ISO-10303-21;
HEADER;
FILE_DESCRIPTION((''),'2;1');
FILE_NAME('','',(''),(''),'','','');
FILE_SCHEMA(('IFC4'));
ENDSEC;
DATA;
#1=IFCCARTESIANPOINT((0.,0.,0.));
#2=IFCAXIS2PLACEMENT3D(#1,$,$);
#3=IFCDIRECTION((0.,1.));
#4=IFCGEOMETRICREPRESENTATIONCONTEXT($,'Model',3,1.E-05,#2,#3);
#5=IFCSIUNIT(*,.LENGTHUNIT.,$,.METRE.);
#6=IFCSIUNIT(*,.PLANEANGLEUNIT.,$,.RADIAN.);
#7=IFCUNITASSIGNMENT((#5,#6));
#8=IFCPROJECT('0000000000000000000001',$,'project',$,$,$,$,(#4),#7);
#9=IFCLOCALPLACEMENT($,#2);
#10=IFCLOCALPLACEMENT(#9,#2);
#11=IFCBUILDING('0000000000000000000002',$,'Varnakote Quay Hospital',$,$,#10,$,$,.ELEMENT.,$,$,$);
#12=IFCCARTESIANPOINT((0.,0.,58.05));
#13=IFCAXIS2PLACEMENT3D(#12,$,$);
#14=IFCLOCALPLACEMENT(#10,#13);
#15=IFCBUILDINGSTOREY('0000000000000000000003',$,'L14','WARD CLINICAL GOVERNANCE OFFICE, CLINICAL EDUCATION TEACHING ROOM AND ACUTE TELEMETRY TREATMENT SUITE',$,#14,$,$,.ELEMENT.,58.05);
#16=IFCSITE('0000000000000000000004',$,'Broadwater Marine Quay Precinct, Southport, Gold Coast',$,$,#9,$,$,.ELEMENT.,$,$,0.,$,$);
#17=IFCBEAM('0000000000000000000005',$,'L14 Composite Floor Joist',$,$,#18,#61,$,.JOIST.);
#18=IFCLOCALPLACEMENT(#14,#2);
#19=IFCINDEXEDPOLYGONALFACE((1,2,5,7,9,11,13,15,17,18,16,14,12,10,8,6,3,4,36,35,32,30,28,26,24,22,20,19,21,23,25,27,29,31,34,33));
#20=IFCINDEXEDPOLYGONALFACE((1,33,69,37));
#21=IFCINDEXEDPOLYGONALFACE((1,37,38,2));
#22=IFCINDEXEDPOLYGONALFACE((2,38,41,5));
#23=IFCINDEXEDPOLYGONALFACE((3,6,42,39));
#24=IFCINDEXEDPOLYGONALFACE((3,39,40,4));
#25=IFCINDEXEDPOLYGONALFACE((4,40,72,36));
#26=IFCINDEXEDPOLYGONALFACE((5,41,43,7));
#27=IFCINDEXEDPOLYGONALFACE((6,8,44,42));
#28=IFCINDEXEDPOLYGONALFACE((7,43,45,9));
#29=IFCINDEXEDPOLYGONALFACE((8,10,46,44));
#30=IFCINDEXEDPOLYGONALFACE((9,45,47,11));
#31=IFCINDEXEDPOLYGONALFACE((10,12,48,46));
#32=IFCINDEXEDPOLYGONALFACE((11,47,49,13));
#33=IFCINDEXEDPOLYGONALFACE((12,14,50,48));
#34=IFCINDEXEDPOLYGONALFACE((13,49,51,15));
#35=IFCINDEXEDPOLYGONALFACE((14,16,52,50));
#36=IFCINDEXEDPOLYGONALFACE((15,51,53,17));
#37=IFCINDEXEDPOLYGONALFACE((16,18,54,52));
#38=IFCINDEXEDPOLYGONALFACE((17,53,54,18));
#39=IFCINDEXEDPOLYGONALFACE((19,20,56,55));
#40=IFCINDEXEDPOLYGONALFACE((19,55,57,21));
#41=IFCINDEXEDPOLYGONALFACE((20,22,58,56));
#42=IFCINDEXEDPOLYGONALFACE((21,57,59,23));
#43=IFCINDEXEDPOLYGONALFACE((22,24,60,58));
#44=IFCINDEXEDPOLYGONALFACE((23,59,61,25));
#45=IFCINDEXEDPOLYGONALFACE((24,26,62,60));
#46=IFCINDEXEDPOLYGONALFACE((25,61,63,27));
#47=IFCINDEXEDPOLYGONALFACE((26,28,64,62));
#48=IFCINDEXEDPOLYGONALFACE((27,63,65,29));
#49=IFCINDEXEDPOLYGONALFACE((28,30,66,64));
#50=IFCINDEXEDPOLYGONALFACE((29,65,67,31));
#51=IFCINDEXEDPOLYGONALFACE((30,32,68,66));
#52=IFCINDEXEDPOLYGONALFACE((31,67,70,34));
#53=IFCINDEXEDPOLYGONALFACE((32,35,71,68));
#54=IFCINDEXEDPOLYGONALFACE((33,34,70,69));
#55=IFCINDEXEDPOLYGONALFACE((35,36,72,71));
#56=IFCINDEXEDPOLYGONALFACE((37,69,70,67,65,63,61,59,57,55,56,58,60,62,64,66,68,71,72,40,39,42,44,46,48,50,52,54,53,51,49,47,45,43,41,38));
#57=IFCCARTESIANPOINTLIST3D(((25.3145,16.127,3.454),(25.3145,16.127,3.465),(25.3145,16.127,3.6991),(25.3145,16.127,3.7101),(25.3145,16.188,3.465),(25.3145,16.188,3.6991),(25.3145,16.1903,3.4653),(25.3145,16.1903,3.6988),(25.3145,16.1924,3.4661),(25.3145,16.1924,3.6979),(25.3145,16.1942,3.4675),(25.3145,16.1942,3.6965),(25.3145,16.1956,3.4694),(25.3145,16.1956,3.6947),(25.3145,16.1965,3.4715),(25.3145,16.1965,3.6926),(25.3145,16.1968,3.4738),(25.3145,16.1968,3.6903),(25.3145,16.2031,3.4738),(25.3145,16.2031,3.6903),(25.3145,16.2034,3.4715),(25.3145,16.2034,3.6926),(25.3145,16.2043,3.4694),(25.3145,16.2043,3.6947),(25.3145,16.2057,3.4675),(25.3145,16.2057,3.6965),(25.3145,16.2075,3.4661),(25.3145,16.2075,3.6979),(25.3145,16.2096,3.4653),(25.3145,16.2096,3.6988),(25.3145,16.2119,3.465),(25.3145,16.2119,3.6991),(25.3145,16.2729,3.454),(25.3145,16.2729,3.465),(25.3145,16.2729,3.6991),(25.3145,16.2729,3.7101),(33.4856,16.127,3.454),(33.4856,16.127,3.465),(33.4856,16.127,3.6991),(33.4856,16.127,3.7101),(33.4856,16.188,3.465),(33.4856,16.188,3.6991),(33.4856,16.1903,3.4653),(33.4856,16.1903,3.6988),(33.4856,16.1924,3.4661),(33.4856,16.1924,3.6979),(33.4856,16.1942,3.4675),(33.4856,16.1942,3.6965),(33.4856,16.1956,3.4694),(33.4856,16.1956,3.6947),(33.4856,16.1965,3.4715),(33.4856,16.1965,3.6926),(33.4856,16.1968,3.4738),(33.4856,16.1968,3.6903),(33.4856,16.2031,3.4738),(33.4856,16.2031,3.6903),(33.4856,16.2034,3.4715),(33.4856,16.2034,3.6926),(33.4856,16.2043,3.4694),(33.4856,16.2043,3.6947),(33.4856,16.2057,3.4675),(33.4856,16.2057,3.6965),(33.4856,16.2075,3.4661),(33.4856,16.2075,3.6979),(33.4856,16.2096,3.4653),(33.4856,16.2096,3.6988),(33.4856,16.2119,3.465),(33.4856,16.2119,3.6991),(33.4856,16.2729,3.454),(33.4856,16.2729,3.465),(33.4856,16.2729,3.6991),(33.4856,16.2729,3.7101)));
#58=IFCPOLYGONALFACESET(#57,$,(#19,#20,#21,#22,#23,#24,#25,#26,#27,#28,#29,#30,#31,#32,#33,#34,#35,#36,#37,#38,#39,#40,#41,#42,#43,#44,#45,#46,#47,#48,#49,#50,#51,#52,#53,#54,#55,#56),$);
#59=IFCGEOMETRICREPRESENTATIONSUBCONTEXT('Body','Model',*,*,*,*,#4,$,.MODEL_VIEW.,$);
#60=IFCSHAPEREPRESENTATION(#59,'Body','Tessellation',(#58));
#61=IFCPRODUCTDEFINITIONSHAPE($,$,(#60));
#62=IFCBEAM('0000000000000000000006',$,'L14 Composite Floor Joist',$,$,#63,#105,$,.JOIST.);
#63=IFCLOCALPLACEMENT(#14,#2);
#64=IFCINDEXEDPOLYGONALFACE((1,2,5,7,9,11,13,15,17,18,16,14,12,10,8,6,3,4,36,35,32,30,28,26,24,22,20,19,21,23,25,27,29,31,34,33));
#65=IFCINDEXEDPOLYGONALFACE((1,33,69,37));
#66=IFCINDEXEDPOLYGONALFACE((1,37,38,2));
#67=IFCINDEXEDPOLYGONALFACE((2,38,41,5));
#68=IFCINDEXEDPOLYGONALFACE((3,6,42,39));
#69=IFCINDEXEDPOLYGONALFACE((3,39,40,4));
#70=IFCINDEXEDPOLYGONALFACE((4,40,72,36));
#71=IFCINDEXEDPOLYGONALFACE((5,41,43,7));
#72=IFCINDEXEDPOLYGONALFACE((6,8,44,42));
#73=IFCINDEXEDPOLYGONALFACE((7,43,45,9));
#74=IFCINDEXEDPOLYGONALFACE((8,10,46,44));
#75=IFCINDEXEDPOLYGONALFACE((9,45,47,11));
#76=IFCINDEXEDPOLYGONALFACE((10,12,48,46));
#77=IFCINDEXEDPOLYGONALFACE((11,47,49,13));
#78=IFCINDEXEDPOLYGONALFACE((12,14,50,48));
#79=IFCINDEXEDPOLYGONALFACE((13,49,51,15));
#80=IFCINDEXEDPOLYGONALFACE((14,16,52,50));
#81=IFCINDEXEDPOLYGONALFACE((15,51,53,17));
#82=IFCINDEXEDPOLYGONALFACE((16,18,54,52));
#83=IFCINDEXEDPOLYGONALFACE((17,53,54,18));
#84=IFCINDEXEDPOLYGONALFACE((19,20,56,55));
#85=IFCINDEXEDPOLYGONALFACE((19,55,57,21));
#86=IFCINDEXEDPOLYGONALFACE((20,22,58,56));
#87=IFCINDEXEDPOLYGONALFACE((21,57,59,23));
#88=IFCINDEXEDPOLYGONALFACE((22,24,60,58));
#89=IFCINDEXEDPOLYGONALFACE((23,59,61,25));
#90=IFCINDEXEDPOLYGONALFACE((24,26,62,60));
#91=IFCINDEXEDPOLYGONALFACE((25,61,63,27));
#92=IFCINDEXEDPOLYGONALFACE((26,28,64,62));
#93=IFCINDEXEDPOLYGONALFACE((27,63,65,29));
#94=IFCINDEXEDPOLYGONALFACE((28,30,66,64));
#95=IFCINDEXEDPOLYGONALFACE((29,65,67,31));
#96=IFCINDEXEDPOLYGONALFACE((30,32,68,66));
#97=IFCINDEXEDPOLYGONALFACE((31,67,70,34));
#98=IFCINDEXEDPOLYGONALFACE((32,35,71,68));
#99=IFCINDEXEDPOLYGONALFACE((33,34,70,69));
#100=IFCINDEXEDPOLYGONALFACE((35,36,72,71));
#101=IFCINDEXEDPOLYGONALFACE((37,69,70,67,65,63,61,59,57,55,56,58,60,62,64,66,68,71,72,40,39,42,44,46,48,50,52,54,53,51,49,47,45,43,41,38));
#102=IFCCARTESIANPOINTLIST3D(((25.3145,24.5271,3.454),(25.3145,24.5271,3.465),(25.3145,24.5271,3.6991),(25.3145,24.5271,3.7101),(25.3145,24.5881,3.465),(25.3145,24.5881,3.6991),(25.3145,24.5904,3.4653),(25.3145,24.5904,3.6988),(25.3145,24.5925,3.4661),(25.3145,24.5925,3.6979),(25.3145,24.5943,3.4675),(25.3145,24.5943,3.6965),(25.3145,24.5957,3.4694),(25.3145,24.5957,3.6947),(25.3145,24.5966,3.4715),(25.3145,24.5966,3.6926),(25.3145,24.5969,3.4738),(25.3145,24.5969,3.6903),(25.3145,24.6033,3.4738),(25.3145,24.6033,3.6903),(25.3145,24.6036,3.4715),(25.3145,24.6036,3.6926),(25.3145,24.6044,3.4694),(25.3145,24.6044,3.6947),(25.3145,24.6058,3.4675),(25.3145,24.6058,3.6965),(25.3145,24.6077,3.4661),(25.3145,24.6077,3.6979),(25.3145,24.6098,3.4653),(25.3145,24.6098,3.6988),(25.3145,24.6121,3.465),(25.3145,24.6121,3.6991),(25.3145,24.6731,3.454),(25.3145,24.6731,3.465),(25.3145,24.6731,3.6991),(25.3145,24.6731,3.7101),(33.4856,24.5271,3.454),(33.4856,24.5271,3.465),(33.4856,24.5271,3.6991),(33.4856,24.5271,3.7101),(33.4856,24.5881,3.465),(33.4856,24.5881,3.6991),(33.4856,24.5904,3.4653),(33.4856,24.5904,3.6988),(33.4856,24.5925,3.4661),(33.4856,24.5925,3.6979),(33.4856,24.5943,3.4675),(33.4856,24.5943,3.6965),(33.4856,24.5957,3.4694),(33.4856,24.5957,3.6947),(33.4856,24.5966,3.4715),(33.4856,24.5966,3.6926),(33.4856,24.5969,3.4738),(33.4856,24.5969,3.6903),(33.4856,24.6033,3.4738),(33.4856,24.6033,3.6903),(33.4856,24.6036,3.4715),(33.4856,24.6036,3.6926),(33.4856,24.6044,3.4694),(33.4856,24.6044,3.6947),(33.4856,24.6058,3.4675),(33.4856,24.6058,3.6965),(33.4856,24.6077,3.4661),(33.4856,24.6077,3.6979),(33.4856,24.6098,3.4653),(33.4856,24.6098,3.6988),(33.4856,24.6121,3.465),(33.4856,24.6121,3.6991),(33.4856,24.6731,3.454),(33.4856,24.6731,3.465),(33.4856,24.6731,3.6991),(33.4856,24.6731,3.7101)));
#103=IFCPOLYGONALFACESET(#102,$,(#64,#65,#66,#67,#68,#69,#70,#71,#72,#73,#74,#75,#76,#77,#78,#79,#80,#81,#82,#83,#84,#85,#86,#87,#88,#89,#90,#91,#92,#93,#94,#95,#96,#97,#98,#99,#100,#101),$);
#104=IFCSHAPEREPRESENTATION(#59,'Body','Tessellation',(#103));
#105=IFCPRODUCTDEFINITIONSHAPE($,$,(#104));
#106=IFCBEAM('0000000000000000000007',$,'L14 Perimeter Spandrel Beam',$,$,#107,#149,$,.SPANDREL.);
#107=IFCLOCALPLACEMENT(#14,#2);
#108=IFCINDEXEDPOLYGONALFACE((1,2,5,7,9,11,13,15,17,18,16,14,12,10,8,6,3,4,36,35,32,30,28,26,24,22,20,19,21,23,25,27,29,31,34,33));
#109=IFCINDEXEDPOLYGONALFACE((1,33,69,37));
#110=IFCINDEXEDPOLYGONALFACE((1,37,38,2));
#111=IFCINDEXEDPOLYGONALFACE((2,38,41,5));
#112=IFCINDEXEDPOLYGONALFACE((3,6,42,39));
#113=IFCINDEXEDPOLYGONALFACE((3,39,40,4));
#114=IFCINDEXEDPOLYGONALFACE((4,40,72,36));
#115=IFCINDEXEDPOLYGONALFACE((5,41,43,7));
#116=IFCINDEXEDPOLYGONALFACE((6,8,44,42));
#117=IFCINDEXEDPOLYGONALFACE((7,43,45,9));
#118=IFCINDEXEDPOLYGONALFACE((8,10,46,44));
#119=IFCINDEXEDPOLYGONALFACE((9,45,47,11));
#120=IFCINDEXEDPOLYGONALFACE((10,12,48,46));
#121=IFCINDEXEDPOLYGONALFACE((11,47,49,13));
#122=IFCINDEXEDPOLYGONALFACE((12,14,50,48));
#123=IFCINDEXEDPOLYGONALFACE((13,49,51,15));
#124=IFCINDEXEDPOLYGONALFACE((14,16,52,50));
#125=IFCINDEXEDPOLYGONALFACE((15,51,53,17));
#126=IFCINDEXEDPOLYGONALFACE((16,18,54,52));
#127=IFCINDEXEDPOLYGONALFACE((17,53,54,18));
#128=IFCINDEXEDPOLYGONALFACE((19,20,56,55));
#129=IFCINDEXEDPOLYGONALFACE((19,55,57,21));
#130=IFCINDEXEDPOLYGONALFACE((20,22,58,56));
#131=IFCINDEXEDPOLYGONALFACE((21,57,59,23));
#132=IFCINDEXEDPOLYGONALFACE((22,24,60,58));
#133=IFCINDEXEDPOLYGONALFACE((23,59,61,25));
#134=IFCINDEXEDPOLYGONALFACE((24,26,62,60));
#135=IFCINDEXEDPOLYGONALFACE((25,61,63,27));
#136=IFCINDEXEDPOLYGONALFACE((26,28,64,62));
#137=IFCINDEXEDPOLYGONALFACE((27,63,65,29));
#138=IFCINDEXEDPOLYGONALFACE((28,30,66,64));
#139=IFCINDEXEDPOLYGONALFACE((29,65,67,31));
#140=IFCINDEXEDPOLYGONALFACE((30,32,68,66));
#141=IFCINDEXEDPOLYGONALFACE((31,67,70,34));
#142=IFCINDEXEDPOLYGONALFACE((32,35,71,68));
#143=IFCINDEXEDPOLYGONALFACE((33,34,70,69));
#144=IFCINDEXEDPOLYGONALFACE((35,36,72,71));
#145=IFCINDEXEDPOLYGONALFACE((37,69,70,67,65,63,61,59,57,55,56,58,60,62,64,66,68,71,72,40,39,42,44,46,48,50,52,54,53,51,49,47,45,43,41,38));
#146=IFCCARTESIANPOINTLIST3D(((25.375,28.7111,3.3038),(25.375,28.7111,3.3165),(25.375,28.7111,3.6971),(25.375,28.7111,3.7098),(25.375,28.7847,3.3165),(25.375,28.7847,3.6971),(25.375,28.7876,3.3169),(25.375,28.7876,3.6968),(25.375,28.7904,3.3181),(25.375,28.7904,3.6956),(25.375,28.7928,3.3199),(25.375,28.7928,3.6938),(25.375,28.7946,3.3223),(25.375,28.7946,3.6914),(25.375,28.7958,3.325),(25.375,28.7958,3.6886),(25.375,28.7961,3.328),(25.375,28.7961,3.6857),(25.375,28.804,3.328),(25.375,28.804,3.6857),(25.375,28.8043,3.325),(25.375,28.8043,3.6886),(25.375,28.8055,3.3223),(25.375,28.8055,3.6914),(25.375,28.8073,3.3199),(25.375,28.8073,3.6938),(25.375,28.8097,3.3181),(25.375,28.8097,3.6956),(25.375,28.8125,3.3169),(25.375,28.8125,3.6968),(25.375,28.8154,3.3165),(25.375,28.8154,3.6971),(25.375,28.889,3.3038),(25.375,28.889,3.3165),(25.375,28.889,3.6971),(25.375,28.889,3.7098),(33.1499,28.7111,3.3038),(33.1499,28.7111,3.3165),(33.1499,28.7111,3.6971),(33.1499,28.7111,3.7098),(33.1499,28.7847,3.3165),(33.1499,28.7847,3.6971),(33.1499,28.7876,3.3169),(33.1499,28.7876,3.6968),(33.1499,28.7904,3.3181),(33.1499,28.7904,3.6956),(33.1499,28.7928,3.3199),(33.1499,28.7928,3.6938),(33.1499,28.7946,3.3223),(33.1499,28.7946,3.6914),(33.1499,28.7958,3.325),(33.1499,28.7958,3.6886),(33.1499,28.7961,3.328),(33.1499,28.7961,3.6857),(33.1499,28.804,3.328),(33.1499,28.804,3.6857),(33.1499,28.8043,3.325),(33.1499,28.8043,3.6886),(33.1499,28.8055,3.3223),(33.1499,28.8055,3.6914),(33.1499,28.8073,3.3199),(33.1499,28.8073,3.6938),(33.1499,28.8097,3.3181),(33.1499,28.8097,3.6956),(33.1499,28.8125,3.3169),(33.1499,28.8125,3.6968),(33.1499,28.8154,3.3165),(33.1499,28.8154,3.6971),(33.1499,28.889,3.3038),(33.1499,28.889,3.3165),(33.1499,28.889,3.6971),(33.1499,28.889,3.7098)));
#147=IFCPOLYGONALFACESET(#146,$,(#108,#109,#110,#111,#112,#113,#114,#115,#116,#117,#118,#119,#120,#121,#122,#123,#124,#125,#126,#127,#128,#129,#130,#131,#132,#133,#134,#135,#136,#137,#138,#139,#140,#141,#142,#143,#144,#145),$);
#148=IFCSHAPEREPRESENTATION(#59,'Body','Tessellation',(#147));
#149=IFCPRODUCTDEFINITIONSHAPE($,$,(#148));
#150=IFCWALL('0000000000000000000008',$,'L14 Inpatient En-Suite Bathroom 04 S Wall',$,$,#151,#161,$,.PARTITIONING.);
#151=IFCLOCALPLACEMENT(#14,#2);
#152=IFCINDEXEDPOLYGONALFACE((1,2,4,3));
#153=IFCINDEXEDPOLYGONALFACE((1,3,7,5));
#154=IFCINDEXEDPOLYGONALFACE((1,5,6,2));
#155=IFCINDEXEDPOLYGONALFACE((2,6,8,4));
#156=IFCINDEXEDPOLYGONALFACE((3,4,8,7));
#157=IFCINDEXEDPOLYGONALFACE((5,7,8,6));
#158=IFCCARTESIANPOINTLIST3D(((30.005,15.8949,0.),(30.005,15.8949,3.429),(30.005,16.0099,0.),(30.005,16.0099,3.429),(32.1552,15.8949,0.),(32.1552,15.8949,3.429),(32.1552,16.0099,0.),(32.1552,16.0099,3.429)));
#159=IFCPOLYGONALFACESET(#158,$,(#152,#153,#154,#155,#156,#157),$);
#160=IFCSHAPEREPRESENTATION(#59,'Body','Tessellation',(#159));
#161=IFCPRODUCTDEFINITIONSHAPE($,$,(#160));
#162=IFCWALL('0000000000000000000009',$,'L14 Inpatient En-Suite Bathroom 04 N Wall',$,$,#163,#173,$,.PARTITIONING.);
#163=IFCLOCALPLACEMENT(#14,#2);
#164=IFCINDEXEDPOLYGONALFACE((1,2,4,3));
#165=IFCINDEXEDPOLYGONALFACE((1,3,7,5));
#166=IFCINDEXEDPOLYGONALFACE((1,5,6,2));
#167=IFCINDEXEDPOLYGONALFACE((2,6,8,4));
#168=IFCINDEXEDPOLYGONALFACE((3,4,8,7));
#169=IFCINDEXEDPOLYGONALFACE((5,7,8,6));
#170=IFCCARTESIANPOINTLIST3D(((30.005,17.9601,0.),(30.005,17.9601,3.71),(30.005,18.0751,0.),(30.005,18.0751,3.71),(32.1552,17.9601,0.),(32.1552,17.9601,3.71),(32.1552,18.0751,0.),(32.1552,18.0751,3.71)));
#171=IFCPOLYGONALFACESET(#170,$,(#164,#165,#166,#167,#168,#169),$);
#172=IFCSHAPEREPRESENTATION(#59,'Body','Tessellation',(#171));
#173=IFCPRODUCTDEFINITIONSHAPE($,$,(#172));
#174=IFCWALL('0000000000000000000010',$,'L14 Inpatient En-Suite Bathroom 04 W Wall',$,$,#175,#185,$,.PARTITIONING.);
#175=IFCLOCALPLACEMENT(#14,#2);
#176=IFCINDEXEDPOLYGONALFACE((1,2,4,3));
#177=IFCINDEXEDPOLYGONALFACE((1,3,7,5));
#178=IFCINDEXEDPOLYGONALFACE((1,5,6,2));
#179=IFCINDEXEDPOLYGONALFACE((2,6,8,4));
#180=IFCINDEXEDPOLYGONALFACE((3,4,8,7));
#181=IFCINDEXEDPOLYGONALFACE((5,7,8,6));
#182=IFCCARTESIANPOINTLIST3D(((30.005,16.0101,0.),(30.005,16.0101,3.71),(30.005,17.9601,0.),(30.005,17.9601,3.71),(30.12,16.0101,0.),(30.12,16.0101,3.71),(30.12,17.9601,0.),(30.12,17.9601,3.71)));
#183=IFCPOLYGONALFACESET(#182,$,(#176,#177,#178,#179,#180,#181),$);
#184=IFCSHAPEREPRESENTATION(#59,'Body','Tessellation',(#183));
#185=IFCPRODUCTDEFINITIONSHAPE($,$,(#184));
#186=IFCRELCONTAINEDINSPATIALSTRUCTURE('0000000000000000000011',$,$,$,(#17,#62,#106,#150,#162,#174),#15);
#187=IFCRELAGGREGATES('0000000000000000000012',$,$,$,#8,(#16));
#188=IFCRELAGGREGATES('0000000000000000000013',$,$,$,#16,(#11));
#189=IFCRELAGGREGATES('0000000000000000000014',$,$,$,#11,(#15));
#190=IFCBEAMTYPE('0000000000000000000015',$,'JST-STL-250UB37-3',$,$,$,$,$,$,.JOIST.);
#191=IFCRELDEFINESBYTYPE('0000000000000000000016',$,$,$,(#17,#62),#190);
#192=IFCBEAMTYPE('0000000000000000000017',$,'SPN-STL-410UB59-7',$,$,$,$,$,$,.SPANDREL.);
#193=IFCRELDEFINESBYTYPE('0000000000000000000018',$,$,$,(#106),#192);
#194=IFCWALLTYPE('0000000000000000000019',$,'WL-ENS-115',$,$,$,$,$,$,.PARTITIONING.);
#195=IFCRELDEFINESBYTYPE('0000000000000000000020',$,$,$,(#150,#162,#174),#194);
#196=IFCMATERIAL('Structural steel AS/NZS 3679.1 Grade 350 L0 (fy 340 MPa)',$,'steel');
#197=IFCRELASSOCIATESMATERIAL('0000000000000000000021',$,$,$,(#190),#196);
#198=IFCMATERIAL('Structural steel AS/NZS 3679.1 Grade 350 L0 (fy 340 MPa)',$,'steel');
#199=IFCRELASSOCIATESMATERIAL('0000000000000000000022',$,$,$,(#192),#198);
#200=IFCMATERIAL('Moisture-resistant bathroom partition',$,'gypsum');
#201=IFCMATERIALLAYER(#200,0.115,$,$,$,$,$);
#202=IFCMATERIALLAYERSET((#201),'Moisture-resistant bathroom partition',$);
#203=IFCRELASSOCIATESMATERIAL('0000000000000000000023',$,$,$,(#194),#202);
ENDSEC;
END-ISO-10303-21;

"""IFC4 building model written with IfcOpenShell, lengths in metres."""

from ifc_helpers import new_model, si_unit, direction, frame, frame_2d, origin, origin_2d, place, context, subcontext, project, spatial, rectangle, i_section, extrude, material, layer, layer_set, material_profile, profile_set, type_object, element, save


model = new_model("IFC4")

# Units and contexts
model_context = context("Model", 3, precision=1e-05, world=origin(), true_north=direction((0.0, 1.0)))
body_context = subcontext(model_context, "Body", "Model", "MODEL_VIEW")
ifc_project = project(units=[si_unit("LENGTHUNIT", "METRE"), si_unit("PLANEANGLEUNIT", "RADIAN")], contexts=[model_context])

# Site, building, storey
site_placement = place(None, origin())
site = spatial("IfcSite", under=ifc_project, at=site_placement, Name="Broadwater Marine Quay Precinct, Southport, Gold Coast", CompositionType="ELEMENT", RefElevation=0.0)
building_placement = place(site_placement, origin())
building = spatial("IfcBuilding", under=site, at=building_placement, Name="Varnakote Quay Hospital", CompositionType="ELEMENT")
storey_placement = place(building_placement, frame((0.0, 0.0, 58.05)))
storey = spatial("IfcBuildingStorey", under=building, at=storey_placement, Name="L14", Description="WARD CLINICAL GOVERNANCE OFFICE, CLINICAL EDUCATION TEACHING ROOM AND ACUTE TELEMETRY TREATMENT SUITE", CompositionType="ELEMENT", Elevation=58.05)

# Beams
ifc_material_1 = material(Name="Structural steel AS/NZS 3679.1 Grade 350 L0 (fy 340 MPa)", Category="steel")
ifc_material_profile_1 = material_profile(ifc_material_1, i_section(OverallWidth=0.146, OverallDepth=0.2561, WebThickness=0.0063, FlangeThickness=0.011, FilletRadius=0.0088, at=origin_2d()), Name="250UB37.3")
ifc_profile_set_1 = profile_set([ifc_material_profile_1], Name="Structural steel AS/NZS 3679.1 Grade 350 L0 (fy 340 MPa)")
beam_type_1 = type_object("IfcBeamType", Name="JST-STL-250UB37-3", PredefinedType="JOIST", material=ifc_profile_set_1)
for number, where, z_axis, x_axis, name in (
    (1, (25.3145, 16.2, 3.582), (1.0, 0.0, 0.0), (0.0, 1.0, 0.0), "L14 Composite Floor Joist"),
    (2, (25.3145, 24.6001, 3.582), (1.0, 0.0, 0.0), (0.0, 1.0, 0.0), "L14 Composite Floor Joist"),
):
    element("IfcBeam", number, at=place(storey_placement, frame(where, z_axis=z_axis, x_axis=x_axis)), inside=storey, type_object=beam_type_1, Name=name, PredefinedType="JOIST", context=body_context, shape_type="SweptSolid", body=[
        extrude(i_section(OverallWidth=0.146, OverallDepth=0.2561, WebThickness=0.0063, FlangeThickness=0.011, FilletRadius=0.0088, at=origin_2d()), origin(), (0.0, 0.0, 1.0), 8.1711),
    ])
ifc_material_2 = material(Name="Structural steel AS/NZS 3679.1 Grade 350 L0 (fy 340 MPa)", Category="steel")
ifc_material_profile_2 = material_profile(ifc_material_2, i_section(OverallWidth=0.178, OverallDepth=0.406, WebThickness=0.0078, FlangeThickness=0.0127, FilletRadius=0.0115, at=origin_2d()), Name="410UB59.7")
ifc_profile_set_2 = profile_set([ifc_material_profile_2], Name="Structural steel AS/NZS 3679.1 Grade 350 L0 (fy 340 MPa)")
beam_type_2 = type_object("IfcBeamType", Name="SPN-STL-410UB59-7", PredefinedType="SPANDREL", material=ifc_profile_set_2)
beam_1_placement = place(storey_placement, frame((25.375, 28.8, 3.5068), z_axis=(1.0, 0.0, 0.0), x_axis=(0.0, 1.0, 0.0)))
element("IfcBeam", 3, at=beam_1_placement, inside=storey, type_object=beam_type_2, Name="L14 Perimeter Spandrel Beam", PredefinedType="SPANDREL", context=body_context, shape_type="SweptSolid", body=[
    extrude(i_section(OverallWidth=0.178, OverallDepth=0.406, WebThickness=0.0078, FlangeThickness=0.0127, FilletRadius=0.0115, at=origin_2d()), origin(), (0.0, 0.0, 1.0), 7.7749),
])

# Walls
ifc_material_3 = material(Name="Moisture-resistant bathroom partition", Category="gypsum")
ifc_layer_1 = layer(ifc_material_3, 0.115)
ifc_layer_set_1 = layer_set([ifc_layer_1], Name="Moisture-resistant bathroom partition")
wall_type_1 = type_object("IfcWallType", Name="WL-ENS-115", PredefinedType="PARTITIONING", material=ifc_layer_set_1)
wall_1_placement = place(storey_placement, frame((30.0049, 15.9524, 0.0), z_axis=(0.0, 0.0, 1.0), x_axis=(1.0, 0.0, 0.0)))
element("IfcWall", 4, at=wall_1_placement, inside=storey, type_object=wall_type_1, Name="L14 Inpatient En-Suite Bathroom 04 S Wall", PredefinedType="PARTITIONING", context=body_context, shape_type="SweptSolid", body=[
    extrude(rectangle(XDim=2.1501, YDim=0.115, at=frame_2d((1.0752, 0.0))), origin(), (0.0, 0.0, 1.0), 3.429),
])
wall_2_placement = place(storey_placement, frame((30.0049, 18.0176, 0.0), z_axis=(0.0, 0.0, 1.0), x_axis=(1.0, 0.0, 0.0)))
element("IfcWall", 5, at=wall_2_placement, inside=storey, type_object=wall_type_1, Name="L14 Inpatient En-Suite Bathroom 04 N Wall", PredefinedType="PARTITIONING", context=body_context, shape_type="SweptSolid", body=[
    extrude(rectangle(XDim=2.1501, YDim=0.115, at=frame_2d((1.0752, 0.0))), origin(), (0.0, 0.0, 1.0), 3.71),
])
wall_3_placement = place(storey_placement, frame((30.0625, 16.01, 0.0), z_axis=(0.0, 0.0, 1.0), x_axis=(0.0, 1.0, 0.0)))
element("IfcWall", 6, at=wall_3_placement, inside=storey, type_object=wall_type_1, Name="L14 Inpatient En-Suite Bathroom 04 W Wall", PredefinedType="PARTITIONING", context=body_context, shape_type="SweptSolid", body=[
    extrude(rectangle(XDim=1.95, YDim=0.115, at=frame_2d((0.9751, 0.0))), origin(), (0.0, 0.0, 1.0), 3.71),
])

save(model, "model.ifc")
